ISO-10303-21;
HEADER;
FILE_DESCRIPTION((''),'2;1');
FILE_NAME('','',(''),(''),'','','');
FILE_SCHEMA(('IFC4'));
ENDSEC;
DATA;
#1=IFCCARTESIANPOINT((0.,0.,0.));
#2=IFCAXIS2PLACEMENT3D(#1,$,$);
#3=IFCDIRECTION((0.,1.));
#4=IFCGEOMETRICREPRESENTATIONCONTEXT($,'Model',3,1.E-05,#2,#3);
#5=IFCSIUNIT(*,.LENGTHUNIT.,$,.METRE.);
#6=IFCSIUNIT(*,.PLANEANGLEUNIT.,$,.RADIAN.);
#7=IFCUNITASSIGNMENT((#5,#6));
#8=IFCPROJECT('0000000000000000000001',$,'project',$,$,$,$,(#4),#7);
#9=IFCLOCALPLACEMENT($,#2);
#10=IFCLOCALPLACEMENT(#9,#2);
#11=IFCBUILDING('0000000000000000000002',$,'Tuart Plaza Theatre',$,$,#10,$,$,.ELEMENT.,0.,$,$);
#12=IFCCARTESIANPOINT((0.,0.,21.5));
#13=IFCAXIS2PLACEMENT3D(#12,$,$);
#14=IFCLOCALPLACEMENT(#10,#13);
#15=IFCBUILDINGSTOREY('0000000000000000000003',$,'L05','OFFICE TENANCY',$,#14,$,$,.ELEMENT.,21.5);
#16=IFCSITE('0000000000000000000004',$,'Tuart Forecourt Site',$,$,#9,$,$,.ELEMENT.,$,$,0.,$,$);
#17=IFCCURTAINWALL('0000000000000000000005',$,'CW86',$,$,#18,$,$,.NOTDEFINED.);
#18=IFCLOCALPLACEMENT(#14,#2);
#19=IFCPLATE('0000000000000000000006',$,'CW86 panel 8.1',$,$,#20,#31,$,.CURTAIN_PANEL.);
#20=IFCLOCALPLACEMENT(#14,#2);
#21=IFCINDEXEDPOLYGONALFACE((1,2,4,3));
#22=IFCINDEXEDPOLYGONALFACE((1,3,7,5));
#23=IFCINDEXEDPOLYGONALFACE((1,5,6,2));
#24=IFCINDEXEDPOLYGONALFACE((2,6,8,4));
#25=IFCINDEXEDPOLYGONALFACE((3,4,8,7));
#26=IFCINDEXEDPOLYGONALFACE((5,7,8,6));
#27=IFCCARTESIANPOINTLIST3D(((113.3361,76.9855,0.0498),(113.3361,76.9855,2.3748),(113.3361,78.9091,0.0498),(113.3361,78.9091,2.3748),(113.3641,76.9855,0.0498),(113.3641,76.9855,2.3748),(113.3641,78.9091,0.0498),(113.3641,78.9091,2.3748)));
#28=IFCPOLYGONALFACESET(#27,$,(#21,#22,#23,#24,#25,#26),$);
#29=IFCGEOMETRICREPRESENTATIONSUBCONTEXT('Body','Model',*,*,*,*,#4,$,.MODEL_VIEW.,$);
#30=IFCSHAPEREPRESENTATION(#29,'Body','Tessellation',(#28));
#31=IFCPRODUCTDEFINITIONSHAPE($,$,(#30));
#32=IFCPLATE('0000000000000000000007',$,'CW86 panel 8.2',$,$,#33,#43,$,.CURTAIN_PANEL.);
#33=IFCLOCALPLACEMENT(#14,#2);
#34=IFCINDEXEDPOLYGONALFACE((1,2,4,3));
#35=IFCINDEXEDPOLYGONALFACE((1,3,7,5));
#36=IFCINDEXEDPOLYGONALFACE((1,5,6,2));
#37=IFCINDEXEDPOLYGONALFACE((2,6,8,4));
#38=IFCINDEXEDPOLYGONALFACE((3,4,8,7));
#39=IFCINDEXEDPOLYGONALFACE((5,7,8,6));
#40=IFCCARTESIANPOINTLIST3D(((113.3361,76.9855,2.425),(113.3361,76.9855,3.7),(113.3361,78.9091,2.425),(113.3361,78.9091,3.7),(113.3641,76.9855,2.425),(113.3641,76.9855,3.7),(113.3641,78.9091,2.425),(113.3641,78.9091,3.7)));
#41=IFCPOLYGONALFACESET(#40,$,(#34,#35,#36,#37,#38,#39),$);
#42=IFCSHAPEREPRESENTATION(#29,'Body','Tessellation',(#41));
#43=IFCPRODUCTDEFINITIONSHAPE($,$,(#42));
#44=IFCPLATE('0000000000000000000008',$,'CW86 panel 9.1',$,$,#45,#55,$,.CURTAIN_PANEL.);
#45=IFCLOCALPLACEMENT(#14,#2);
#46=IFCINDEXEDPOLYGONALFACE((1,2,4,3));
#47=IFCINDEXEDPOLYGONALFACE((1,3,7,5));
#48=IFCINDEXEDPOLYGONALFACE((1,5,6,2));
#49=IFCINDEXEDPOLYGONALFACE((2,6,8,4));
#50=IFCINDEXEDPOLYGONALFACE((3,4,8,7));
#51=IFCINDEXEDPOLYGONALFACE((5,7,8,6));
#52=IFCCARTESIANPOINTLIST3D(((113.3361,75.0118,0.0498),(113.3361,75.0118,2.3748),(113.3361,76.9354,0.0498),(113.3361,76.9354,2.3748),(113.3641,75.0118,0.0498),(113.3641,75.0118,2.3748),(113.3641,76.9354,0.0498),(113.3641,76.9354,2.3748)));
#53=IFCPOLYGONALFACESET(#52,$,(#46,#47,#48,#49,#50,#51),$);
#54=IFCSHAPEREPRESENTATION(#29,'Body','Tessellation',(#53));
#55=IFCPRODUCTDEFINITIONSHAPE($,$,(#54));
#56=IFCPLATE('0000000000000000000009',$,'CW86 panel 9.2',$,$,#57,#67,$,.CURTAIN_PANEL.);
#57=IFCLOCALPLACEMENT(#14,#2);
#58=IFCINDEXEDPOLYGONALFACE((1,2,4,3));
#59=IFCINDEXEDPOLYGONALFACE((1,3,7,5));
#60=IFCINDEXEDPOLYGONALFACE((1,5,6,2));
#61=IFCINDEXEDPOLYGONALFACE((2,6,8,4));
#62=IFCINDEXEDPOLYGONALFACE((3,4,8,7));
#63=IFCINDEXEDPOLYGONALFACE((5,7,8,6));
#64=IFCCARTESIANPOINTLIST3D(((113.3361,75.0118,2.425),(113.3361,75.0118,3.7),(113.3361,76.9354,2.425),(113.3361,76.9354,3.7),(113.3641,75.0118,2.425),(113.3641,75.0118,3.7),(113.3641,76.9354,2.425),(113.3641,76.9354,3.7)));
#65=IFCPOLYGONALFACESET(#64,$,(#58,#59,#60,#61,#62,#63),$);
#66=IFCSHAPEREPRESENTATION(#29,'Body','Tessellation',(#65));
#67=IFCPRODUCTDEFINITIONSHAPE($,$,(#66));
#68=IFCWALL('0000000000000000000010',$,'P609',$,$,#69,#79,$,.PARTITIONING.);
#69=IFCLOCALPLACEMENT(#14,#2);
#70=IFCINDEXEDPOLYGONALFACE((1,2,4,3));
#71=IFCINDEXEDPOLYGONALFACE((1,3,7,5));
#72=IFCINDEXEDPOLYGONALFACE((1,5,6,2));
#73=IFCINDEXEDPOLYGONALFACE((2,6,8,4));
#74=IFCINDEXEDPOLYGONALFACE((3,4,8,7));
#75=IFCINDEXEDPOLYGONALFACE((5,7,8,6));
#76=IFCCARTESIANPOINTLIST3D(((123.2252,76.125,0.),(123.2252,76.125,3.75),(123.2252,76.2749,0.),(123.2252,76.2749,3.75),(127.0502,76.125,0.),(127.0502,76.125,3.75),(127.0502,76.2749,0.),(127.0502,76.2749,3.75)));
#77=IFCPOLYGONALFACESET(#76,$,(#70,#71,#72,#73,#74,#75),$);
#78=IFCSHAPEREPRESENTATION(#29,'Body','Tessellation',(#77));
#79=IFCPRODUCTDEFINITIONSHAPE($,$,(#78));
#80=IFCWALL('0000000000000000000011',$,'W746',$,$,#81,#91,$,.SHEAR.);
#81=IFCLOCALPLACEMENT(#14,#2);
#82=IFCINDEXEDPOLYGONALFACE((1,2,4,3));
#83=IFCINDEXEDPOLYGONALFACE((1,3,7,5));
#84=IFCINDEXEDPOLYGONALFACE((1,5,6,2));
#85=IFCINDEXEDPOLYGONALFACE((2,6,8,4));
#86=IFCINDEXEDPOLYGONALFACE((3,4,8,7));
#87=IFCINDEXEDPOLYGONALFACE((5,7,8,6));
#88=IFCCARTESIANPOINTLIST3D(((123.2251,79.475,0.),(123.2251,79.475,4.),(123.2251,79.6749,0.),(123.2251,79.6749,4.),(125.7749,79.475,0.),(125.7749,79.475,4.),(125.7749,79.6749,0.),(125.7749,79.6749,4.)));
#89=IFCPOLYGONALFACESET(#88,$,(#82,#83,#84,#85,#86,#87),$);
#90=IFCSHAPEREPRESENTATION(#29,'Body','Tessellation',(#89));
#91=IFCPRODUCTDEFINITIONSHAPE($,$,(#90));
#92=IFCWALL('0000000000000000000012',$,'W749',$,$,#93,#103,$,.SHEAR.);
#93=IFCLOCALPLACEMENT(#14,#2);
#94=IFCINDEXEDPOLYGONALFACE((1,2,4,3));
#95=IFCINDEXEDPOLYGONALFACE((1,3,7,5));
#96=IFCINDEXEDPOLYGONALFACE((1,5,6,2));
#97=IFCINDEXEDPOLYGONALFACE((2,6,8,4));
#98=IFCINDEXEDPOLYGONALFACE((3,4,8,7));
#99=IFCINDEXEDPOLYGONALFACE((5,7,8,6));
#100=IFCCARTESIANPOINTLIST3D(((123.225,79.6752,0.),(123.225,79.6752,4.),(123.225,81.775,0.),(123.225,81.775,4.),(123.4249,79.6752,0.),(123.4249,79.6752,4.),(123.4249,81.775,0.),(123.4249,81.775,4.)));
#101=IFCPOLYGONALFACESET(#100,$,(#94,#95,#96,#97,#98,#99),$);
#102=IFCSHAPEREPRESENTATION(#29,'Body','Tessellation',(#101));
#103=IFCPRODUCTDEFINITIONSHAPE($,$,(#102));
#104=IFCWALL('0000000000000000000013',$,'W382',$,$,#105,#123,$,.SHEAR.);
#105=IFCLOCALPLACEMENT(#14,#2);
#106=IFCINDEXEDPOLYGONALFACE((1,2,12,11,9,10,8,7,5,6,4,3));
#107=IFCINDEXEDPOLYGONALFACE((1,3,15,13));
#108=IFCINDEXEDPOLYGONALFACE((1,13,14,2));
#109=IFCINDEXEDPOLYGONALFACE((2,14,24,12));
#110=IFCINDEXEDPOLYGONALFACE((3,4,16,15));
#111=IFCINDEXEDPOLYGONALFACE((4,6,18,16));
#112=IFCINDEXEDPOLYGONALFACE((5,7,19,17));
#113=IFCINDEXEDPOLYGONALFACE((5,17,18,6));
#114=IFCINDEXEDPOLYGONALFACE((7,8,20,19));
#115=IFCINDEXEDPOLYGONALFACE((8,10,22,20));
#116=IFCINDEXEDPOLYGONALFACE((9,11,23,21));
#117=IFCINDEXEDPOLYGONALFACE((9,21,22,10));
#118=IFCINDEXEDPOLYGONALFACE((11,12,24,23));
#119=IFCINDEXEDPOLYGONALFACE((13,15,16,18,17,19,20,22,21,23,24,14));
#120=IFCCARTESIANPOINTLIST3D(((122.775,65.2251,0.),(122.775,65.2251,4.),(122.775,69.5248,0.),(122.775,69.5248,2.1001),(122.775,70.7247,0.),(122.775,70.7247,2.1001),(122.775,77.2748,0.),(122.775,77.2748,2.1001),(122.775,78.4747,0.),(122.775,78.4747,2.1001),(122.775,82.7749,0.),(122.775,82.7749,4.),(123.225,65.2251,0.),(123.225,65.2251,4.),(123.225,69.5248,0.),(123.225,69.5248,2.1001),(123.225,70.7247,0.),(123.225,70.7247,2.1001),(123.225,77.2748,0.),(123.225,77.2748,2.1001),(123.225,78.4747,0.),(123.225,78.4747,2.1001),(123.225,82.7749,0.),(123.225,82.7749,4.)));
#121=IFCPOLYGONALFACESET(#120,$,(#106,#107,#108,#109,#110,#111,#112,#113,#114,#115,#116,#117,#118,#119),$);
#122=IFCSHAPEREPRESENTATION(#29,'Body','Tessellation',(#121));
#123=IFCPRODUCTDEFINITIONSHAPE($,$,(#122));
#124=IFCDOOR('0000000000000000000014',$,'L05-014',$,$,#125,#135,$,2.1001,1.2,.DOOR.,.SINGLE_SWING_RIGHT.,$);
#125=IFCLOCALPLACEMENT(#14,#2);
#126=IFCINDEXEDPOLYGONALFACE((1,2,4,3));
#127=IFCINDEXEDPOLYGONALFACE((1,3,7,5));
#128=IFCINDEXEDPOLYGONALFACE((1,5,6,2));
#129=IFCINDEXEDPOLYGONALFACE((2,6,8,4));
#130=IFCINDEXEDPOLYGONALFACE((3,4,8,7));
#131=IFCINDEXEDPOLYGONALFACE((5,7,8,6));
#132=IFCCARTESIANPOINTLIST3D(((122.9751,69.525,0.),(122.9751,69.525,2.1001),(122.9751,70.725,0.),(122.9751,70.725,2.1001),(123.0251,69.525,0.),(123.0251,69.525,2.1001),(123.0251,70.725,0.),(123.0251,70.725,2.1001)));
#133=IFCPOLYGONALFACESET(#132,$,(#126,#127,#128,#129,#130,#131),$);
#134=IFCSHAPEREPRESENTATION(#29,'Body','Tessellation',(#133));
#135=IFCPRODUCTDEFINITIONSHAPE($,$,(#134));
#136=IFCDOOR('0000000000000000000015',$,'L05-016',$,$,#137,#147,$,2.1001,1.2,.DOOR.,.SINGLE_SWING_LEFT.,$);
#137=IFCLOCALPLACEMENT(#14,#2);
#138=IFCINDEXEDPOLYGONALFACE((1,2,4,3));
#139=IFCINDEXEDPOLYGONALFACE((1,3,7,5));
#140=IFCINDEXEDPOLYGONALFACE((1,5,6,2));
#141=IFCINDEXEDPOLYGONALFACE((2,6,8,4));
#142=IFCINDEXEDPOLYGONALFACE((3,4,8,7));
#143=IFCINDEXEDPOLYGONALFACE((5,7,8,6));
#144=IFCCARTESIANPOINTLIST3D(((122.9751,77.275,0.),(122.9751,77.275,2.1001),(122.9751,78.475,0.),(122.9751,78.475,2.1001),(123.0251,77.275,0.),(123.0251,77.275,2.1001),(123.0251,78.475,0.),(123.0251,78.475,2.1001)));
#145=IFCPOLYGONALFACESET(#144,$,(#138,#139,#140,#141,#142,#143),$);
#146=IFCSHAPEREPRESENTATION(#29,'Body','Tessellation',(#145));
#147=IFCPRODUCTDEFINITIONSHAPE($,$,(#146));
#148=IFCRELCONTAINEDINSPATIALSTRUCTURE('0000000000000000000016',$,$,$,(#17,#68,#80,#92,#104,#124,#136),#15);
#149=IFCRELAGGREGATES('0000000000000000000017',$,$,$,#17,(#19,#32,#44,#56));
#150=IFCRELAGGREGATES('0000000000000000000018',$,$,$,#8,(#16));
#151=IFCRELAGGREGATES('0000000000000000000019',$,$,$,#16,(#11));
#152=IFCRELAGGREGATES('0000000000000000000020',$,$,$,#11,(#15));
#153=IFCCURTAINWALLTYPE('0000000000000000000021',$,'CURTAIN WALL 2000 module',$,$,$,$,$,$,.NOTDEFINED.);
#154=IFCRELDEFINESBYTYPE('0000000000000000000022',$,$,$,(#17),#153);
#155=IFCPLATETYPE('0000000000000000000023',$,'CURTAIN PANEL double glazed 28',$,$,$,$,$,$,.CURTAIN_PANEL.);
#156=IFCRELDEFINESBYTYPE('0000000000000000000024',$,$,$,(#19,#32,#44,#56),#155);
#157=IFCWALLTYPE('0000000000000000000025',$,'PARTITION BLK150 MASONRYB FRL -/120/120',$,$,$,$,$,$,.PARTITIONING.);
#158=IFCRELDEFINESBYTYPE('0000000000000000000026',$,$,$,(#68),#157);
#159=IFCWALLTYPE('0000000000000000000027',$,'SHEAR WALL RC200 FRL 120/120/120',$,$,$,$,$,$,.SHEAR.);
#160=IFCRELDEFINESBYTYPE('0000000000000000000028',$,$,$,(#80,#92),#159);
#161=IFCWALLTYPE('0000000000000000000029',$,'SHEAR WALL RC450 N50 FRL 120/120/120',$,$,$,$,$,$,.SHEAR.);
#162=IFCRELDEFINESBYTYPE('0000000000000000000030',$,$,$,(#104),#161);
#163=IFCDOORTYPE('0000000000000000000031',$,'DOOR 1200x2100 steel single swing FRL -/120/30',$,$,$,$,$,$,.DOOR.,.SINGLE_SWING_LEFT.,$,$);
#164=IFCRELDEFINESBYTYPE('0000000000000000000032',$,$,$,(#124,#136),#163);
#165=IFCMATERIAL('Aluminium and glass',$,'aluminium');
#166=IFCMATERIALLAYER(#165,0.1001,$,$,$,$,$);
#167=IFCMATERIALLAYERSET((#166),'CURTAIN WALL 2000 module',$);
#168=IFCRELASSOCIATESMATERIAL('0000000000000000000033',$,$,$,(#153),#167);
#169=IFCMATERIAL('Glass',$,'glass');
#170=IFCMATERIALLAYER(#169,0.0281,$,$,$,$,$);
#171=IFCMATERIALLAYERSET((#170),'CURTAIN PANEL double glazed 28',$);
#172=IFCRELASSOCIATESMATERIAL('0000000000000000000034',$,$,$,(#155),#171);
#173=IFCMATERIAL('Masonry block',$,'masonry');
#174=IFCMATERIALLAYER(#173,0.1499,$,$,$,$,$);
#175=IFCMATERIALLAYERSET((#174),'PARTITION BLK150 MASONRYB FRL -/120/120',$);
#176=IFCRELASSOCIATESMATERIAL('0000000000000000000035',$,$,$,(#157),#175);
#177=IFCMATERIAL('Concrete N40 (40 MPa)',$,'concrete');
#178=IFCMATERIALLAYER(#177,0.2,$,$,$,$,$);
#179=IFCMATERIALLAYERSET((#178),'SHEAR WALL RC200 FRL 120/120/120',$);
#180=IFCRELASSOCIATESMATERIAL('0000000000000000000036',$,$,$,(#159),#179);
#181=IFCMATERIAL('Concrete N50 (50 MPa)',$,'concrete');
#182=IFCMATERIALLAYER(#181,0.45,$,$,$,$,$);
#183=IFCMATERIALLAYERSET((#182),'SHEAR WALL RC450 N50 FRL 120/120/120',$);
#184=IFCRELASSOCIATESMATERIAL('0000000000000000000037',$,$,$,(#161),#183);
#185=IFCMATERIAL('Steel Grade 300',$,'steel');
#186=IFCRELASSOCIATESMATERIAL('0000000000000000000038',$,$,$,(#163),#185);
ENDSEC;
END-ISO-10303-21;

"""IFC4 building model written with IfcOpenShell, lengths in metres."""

from ifc_helpers import new_model, si_unit, direction, frame, frame_2d, origin, origin_2d, place, context, subcontext, project, spatial, rectangle, extrude, material, layer, layer_set, type_object, element, fill, aggregate, save


model = new_model("IFC4")

# Units and contexts
model_context = context("Model", 3, precision=1e-05, world=origin(), true_north=direction((0.0, 1.0)))
body_context = subcontext(model_context, "Body", "Model", "MODEL_VIEW")
ifc_project = project(units=[si_unit("LENGTHUNIT", "METRE"), si_unit("PLANEANGLEUNIT", "RADIAN")], contexts=[model_context])

# Site, building, storey
site_placement = place(None, origin())
site = spatial("IfcSite", under=ifc_project, at=site_placement, Name="Tuart Forecourt Site", CompositionType="ELEMENT", RefElevation=0.0)
building_placement = place(site_placement, origin())
building = spatial("IfcBuilding", under=site, at=building_placement, Name="Tuart Plaza Theatre", CompositionType="ELEMENT", ElevationOfRefHeight=0.0)
storey_placement = place(building_placement, frame((0.0, 0.0, 21.5)))
storey = spatial("IfcBuildingStorey", under=building, at=storey_placement, Name="L05", Description="OFFICE TENANCY", CompositionType="ELEMENT", Elevation=21.5)

# Curtain wall, plates
ifc_material_1 = material(Name="Aluminium and glass", Category="aluminium")
ifc_layer_1 = layer(ifc_material_1, 0.1001)
ifc_layer_set_1 = layer_set([ifc_layer_1], Name="CURTAIN WALL 2000 module")
curtain_wall_type = type_object("IfcCurtainWallType", Name="CURTAIN WALL 2000 module", PredefinedType="NOTDEFINED", material=ifc_layer_set_1)
curtain_wall_placement = place(storey_placement, origin())
curtain_wall = element("IfcCurtainWall", 1, at=curtain_wall_placement, inside=storey, type_object=curtain_wall_type, Name="CW86", PredefinedType="NOTDEFINED")
ifc_material_2 = material(Name="Glass", Category="glass")
ifc_layer_2 = layer(ifc_material_2, 0.0281)
ifc_layer_set_2 = layer_set([ifc_layer_2], Name="CURTAIN PANEL double glazed 28")
plate_type = type_object("IfcPlateType", Name="CURTAIN PANEL double glazed 28", PredefinedType="CURTAIN_PANEL", material=ifc_layer_set_2)
plate_1_placement = place(storey_placement, frame((113.3501, 77.9473, 0.0498), z_axis=(0.0, 0.0, 1.0), x_axis=(0.0, -1.0, 0.0)))
plate_1 = element("IfcPlate", 2, at=plate_1_placement, type_object=plate_type, Name="CW86 panel 8.1", PredefinedType="CURTAIN_PANEL", context=body_context, shape_type="SweptSolid", body=[
    extrude(rectangle(XDim=1.9236, YDim=0.0281, at=origin_2d()), origin(), (0.0, 0.0, 1.0), 2.325),
])
plate_2_placement = place(storey_placement, frame((113.3501, 77.9473, 2.425), z_axis=(0.0, 0.0, 1.0), x_axis=(0.0, -1.0, 0.0)))
plate_2 = element("IfcPlate", 3, at=plate_2_placement, type_object=plate_type, Name="CW86 panel 8.2", PredefinedType="CURTAIN_PANEL", context=body_context, shape_type="SweptSolid", body=[
    extrude(rectangle(XDim=1.9236, YDim=0.0281, at=origin_2d()), origin(), (0.0, 0.0, 1.0), 1.2749),
])
plate_3_placement = place(storey_placement, frame((113.3501, 75.9736, 0.0498), z_axis=(0.0, 0.0, 1.0), x_axis=(0.0, -1.0, 0.0)))
plate_3 = element("IfcPlate", 4, at=plate_3_placement, type_object=plate_type, Name="CW86 panel 9.1", PredefinedType="CURTAIN_PANEL", context=body_context, shape_type="SweptSolid", body=[
    extrude(rectangle(XDim=1.9236, YDim=0.0281, at=origin_2d()), origin(), (0.0, 0.0, 1.0), 2.325),
])
plate_4_placement = place(storey_placement, frame((113.3501, 75.9736, 2.425), z_axis=(0.0, 0.0, 1.0), x_axis=(0.0, -1.0, 0.0)))
plate_4 = element("IfcPlate", 5, at=plate_4_placement, type_object=plate_type, Name="CW86 panel 9.2", PredefinedType="CURTAIN_PANEL", context=body_context, shape_type="SweptSolid", body=[
    extrude(rectangle(XDim=1.9236, YDim=0.0281, at=origin_2d()), origin(), (0.0, 0.0, 1.0), 1.2749),
])
aggregate(curtain_wall, [plate_1, plate_2, plate_3, plate_4])

# Walls
ifc_material_3 = material(Name="Masonry block", Category="masonry")
ifc_layer_3 = layer(ifc_material_3, 0.1499)
ifc_layer_set_3 = layer_set([ifc_layer_3], Name="PARTITION BLK150 MASONRYB FRL -/120/120")
wall_type_1 = type_object("IfcWallType", Name="PARTITION BLK150 MASONRYB FRL -/120/120", PredefinedType="PARTITIONING", material=ifc_layer_set_3)
wall_1_placement = place(storey_placement, frame((123.2251, 76.2, 0.0), z_axis=(0.0, 0.0, 1.0), x_axis=(1.0, 0.0, 0.0)))
element("IfcWall", 6, at=wall_1_placement, inside=storey, type_object=wall_type_1, Name="P609", PredefinedType="PARTITIONING", context=body_context, shape_type="SweptSolid", body=[
    extrude(rectangle(XDim=3.825, YDim=0.1499, at=frame_2d((1.9126, 0.0))), origin(), (0.0, 0.0, 1.0), 3.75),
])
ifc_material_4 = material(Name="Concrete N40 (40 MPa)", Category="concrete")
ifc_layer_4 = layer(ifc_material_4, 0.2)
ifc_layer_set_4 = layer_set([ifc_layer_4], Name="SHEAR WALL RC200 FRL 120/120/120")
wall_type_2 = type_object("IfcWallType", Name="SHEAR WALL RC200 FRL 120/120/120", PredefinedType="SHEAR", material=ifc_layer_set_4)
wall_2_placement = place(storey_placement, frame((123.2251, 79.575, 0.0), z_axis=(0.0, 0.0, 1.0), x_axis=(1.0, 0.0, 0.0)))
element("IfcWall", 7, at=wall_2_placement, inside=storey, type_object=wall_type_2, Name="W746", PredefinedType="SHEAR", context=body_context, shape_type="SweptSolid", body=[
    extrude(rectangle(XDim=2.5498, YDim=0.2, at=frame_2d((1.2749, 0.0))), origin(), (0.0, 0.0, 1.0), 4.0),
])
wall_3_placement = place(storey_placement, frame((123.325, 81.7749, 0.0), z_axis=(0.0, 0.0, 1.0), x_axis=(0.0, -1.0, 0.0)))
element("IfcWall", 8, at=wall_3_placement, inside=storey, type_object=wall_type_2, Name="W749", PredefinedType="SHEAR", context=body_context, shape_type="SweptSolid", body=[
    extrude(rectangle(XDim=2.0999, YDim=0.2, at=frame_2d((1.0498, 0.0))), origin(), (0.0, 0.0, 1.0), 4.0),
])

# Wall, openings, doors
ifc_material_5 = material(Name="Concrete N50 (50 MPa)", Category="concrete")
ifc_layer_5 = layer(ifc_material_5, 0.45)
ifc_layer_set_5 = layer_set([ifc_layer_5], Name="SHEAR WALL RC450 N50 FRL 120/120/120")
wall_type_3 = type_object("IfcWallType", Name="SHEAR WALL RC450 N50 FRL 120/120/120", PredefinedType="SHEAR", material=ifc_layer_set_5)
wall_4_placement = place(storey_placement, frame((123.0, 82.7749, 0.0), z_axis=(0.0, 0.0, 1.0), x_axis=(0.0, -1.0, 0.0)))
wall_4 = element("IfcWall", 9, at=wall_4_placement, inside=storey, type_object=wall_type_3, Name="W382", PredefinedType="SHEAR", context=body_context, shape_type="SweptSolid", body=[
    extrude(rectangle(XDim=17.5498, YDim=0.45, at=frame_2d((8.7749, 0.0))), origin(), (0.0, 0.0, 1.0), 4.0),
])
opening_1_placement = place(wall_4_placement, frame((12.05, 0.0, 0.0)))
opening_1 = element("IfcOpeningElement", 10, at=opening_1_placement, cuts=wall_4, PredefinedType="OPENING", context=body_context, shape_type="SweptSolid", body=[
    extrude(rectangle(XDim=1.2, YDim=2.1001, at=frame_2d((0.6001, 1.05))), frame((0.0, 0.2349, 0.0), z_axis=(0.0, -1.0, 0.0), x_axis=(1.0, 0.0, 0.0)), (0.0, 0.0, 1.0), 0.47),
])
opening_2_placement = place(wall_4_placement, frame((4.3, 0.0, 0.0)))
opening_2 = element("IfcOpeningElement", 11, at=opening_2_placement, cuts=wall_4, PredefinedType="OPENING", context=body_context, shape_type="SweptSolid", body=[
    extrude(rectangle(XDim=1.2, YDim=2.1001, at=frame_2d((0.6001, 1.05))), frame((0.0, 0.2349, 0.0), z_axis=(0.0, -1.0, 0.0), x_axis=(1.0, 0.0, 0.0)), (0.0, 0.0, 1.0), 0.47),
])
ifc_material_6 = material(Name="Steel Grade 300", Category="steel")
door_type = type_object("IfcDoorType", Name="DOOR 1200x2100 steel single swing FRL -/120/30", OperationType="SINGLE_SWING_LEFT", PredefinedType="DOOR", material=ifc_material_6)
door_1_placement = place(opening_1_placement, frame((1.2, 0.0, 0.0), z_axis=(0.0, 0.0, 1.0), x_axis=(-1.0, 0.0, 0.0)))
door_1 = element("IfcDoor", 12, at=door_1_placement, inside=storey, type_object=door_type, Name="L05-014", OperationType="SINGLE_SWING_RIGHT", OverallHeight=2.1001, OverallWidth=1.2, PredefinedType="DOOR", context=body_context, shape_type="SweptSolid", body=[
    extrude(rectangle(XDim=1.2, YDim=2.1001, at=frame_2d((0.6001, 1.05))), frame((0.0, 0.0249, 0.0), z_axis=(0.0, -1.0, 0.0), x_axis=(1.0, 0.0, 0.0)), (0.0, 0.0, 1.0), 0.05),
])
fill(opening_1, door_1)
door_2_placement = place(opening_2_placement, frame((1.2, 0.0, 0.0), z_axis=(0.0, 0.0, 1.0), x_axis=(-1.0, 0.0, 0.0)))
door_2 = element("IfcDoor", 13, at=door_2_placement, inside=storey, type_object=door_type, Name="L05-016", OperationType="SINGLE_SWING_LEFT", OverallHeight=2.1001, OverallWidth=1.2, PredefinedType="DOOR", context=body_context, shape_type="SweptSolid", body=[
    extrude(rectangle(XDim=1.2, YDim=2.1001, at=frame_2d((0.6001, 1.05))), frame((0.0, 0.0249, 0.0), z_axis=(0.0, -1.0, 0.0), x_axis=(1.0, 0.0, 0.0)), (0.0, 0.0, 1.0), 0.05),
])
fill(opening_2, door_2)

save(model, "model.ifc")
